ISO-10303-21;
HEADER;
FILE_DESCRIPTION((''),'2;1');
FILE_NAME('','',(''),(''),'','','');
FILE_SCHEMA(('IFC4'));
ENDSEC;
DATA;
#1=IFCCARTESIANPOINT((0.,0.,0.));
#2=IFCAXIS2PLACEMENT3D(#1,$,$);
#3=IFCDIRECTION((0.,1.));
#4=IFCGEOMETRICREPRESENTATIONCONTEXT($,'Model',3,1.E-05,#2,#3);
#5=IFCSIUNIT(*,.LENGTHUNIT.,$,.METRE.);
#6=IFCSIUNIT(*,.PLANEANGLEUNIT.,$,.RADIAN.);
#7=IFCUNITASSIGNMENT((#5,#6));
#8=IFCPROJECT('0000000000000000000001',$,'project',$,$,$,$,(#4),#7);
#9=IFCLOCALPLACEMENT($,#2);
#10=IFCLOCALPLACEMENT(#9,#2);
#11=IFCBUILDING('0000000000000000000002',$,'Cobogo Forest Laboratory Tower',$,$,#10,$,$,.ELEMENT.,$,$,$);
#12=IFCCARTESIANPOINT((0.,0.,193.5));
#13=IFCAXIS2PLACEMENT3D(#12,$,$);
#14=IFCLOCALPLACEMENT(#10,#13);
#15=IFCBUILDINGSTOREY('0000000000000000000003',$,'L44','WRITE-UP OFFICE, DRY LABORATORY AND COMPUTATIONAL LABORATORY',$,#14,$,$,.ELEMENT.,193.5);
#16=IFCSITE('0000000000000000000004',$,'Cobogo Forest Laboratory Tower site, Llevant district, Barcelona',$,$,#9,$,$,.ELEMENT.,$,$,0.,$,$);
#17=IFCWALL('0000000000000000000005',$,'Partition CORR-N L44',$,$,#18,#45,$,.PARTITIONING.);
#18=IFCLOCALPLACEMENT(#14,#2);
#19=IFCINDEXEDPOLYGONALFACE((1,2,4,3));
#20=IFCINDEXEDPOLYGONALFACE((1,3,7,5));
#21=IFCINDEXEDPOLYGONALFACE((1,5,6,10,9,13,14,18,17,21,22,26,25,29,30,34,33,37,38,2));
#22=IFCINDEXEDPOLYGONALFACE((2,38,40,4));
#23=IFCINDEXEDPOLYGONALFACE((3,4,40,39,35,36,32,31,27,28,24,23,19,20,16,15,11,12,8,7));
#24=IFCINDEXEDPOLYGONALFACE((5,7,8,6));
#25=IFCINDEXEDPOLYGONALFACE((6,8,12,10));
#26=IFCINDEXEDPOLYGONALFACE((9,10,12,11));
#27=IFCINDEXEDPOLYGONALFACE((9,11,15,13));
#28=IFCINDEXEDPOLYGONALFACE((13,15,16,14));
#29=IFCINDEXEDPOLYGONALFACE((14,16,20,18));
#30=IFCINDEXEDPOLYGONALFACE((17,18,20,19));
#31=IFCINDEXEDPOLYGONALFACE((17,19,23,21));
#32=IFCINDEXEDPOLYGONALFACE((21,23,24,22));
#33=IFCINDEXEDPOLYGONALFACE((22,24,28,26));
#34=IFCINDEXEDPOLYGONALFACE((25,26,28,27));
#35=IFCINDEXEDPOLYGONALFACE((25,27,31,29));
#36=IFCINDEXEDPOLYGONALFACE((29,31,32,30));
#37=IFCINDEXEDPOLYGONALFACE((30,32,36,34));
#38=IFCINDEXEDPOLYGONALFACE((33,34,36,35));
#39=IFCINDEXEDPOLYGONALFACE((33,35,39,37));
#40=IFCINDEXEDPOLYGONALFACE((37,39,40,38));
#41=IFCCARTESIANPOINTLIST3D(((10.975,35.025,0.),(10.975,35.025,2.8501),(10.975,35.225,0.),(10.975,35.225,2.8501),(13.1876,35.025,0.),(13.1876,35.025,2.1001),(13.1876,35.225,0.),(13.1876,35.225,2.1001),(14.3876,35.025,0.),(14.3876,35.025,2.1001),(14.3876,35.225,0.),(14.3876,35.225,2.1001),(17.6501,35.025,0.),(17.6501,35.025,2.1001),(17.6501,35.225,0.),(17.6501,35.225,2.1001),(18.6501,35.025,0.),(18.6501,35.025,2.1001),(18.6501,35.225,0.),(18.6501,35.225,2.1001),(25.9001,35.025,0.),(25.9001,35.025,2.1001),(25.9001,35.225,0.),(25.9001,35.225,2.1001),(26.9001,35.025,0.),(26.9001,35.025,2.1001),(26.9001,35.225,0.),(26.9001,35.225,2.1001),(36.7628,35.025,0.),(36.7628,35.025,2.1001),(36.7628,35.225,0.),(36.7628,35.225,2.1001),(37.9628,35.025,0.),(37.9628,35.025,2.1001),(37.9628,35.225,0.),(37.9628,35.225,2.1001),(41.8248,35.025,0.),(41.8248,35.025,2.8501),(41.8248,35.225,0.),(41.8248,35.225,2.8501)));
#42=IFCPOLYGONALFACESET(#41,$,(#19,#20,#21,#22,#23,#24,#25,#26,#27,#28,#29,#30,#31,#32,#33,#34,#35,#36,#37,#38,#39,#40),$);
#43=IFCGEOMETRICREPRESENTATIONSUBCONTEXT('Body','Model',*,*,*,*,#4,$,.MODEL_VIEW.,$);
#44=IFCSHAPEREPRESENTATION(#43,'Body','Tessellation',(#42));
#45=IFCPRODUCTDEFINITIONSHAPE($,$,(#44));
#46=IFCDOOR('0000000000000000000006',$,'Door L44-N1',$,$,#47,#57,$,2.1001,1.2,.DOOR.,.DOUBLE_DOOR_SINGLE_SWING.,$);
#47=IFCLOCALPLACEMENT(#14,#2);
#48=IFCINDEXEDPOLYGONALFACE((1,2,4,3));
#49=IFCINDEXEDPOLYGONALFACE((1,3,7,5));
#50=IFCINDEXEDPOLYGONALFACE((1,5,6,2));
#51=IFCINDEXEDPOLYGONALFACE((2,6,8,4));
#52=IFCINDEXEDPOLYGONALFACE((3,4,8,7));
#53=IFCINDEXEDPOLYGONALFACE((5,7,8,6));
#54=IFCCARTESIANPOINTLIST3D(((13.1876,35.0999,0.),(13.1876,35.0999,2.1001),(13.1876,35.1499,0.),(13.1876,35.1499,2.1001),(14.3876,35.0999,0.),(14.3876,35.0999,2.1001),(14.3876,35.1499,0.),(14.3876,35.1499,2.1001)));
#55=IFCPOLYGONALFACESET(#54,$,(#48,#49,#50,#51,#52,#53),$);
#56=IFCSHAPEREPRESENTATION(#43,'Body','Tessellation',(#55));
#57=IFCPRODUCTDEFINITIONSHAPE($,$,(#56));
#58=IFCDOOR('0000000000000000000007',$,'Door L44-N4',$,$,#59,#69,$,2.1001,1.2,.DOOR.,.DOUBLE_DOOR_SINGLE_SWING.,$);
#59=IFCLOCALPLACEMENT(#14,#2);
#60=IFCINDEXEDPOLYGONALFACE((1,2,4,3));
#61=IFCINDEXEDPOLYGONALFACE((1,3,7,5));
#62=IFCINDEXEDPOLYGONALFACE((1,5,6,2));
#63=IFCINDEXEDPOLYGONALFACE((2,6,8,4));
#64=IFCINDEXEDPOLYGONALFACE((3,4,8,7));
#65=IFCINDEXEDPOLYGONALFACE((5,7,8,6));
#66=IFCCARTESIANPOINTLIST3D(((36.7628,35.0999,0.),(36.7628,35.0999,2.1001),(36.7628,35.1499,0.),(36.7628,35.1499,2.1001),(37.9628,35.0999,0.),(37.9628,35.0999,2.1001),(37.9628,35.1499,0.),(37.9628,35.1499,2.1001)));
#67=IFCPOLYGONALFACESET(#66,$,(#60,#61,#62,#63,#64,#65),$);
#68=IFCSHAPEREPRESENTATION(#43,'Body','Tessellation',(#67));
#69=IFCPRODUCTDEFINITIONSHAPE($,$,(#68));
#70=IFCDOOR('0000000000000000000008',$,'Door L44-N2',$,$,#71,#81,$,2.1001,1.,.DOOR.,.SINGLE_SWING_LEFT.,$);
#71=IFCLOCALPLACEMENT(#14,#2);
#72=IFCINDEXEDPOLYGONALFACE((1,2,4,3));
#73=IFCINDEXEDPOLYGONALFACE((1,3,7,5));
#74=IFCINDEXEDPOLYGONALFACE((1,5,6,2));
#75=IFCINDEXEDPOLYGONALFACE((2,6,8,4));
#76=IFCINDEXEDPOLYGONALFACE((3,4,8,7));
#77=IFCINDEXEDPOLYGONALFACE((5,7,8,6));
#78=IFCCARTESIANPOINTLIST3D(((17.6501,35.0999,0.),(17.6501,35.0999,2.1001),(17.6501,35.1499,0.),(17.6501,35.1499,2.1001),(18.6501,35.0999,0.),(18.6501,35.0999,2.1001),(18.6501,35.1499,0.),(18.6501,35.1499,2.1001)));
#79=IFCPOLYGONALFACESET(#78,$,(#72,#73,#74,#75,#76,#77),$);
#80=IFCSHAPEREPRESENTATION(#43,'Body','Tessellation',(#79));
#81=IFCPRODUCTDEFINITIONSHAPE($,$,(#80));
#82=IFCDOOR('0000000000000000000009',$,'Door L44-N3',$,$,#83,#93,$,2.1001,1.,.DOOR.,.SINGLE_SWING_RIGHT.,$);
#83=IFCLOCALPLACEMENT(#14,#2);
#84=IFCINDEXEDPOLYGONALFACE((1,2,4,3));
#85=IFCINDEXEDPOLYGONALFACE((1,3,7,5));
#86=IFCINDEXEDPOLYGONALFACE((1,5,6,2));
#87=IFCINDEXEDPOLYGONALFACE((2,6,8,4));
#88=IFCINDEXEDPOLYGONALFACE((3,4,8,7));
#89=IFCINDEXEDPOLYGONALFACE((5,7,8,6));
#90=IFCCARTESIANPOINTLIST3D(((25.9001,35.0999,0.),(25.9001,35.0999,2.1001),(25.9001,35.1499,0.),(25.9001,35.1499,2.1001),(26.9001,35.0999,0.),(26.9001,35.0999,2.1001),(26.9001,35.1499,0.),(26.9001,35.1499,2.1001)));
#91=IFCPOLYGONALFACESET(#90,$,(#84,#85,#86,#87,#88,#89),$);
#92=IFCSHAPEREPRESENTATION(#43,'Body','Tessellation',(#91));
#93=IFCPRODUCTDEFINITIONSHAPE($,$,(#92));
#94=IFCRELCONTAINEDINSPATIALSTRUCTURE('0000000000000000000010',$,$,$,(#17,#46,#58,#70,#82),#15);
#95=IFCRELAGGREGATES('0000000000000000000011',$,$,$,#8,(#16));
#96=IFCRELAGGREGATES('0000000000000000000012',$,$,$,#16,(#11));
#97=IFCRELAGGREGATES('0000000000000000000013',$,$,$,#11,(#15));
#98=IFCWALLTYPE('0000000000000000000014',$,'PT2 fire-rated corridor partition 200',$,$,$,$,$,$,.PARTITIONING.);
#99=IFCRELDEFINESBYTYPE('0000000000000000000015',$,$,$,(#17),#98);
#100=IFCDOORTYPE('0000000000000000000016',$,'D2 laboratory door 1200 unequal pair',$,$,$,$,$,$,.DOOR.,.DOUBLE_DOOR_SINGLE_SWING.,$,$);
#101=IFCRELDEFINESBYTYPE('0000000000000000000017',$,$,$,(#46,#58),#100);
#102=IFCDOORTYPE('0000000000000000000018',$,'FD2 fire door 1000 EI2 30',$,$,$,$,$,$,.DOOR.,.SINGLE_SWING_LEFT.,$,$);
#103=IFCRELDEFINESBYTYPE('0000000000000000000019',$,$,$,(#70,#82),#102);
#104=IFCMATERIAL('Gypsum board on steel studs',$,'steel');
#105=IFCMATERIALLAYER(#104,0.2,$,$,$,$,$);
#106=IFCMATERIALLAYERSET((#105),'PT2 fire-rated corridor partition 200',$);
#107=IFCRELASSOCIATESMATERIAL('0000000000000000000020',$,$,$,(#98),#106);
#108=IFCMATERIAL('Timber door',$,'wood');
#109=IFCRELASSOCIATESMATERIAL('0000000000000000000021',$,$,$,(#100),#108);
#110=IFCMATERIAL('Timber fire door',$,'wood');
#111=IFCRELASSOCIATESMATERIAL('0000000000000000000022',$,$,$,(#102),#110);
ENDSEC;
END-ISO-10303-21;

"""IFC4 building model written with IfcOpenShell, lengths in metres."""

from ifc_helpers import new_model, si_unit, direction, frame, frame_2d, origin, place, context, subcontext, project, spatial, rectangle, extrude, material, layer, layer_set, type_object, element, fill, save


model = new_model("IFC4")

# Units and contexts
model_context = context("Model", 3, precision=1e-05, world=origin(), true_north=direction((0.0, 1.0)))
body_context = subcontext(model_context, "Body", "Model", "MODEL_VIEW")
ifc_project = project(units=[si_unit("LENGTHUNIT", "METRE"), si_unit("PLANEANGLEUNIT", "RADIAN")], contexts=[model_context])

# Site, building, storey
site_placement = place(None, origin())
site = spatial("IfcSite", under=ifc_project, at=site_placement, Name="Cobogo Forest Laboratory Tower site, Llevant district, Barcelona", CompositionType="ELEMENT", RefElevation=0.0)
building_placement = place(site_placement, origin())
building = spatial("IfcBuilding", under=site, at=building_placement, Name="Cobogo Forest Laboratory Tower", CompositionType="ELEMENT")
storey_placement = place(building_placement, frame((0.0, 0.0, 193.5)))
storey = spatial("IfcBuildingStorey", under=building, at=storey_placement, Name="L44", Description="WRITE-UP OFFICE, DRY LABORATORY AND COMPUTATIONAL LABORATORY", CompositionType="ELEMENT", Elevation=193.5)

# Shared definitions
ifc_material_1 = material(Name="Gypsum board on steel studs", Category="steel")

# Wall, openings, doors
ifc_layer_1 = layer(ifc_material_1, 0.2)
ifc_layer_set_1 = layer_set([ifc_layer_1], Name="PT2 fire-rated corridor partition 200")
wall_type_1 = type_object("IfcWallType", Name="PT2 fire-rated corridor partition 200", PredefinedType="PARTITIONING", material=ifc_layer_set_1)
wall_1_placement = place(storey_placement, frame((10.9751, 35.125, 0.0), z_axis=(0.0, 0.0, 1.0), x_axis=(1.0, 0.0, 0.0)))
wall_1 = element("IfcWall", 1, at=wall_1_placement, inside=storey, type_object=wall_type_1, Name="Partition CORR-N L44", PredefinedType="PARTITIONING", context=body_context, shape_type="SweptSolid", body=[
    extrude(rectangle(XDim=30.8499, YDim=0.2, at=frame_2d((15.4248, 0.0))), origin(), (0.0, 0.0, 1.0), 2.8501),
])
opening_1_placement = place(wall_1_placement, frame((2.2124, 0.0, 0.0)))
opening_1 = element("IfcOpeningElement", 2, at=opening_1_placement, cuts=wall_1, PredefinedType="OPENING", context=body_context, shape_type="SweptSolid", body=[
    extrude(rectangle(XDim=1.2, YDim=2.1001, at=frame_2d((0.6001, 1.05))), frame((0.0, 0.1099, 0.0), z_axis=(0.0, -1.0, 0.0), x_axis=(1.0, 0.0, 0.0)), (0.0, 0.0, 1.0), 0.22),
])
opening_2_placement = place(wall_1_placement, frame((6.675, 0.0, 0.0)))
opening_2 = element("IfcOpeningElement", 3, at=opening_2_placement, cuts=wall_1, PredefinedType="OPENING", context=body_context, shape_type="SweptSolid", body=[
    extrude(rectangle(XDim=1.0, YDim=2.1001, at=frame_2d((0.5, 1.05))), frame((0.0, 0.1099, 0.0), z_axis=(0.0, -1.0, 0.0), x_axis=(1.0, 0.0, 0.0)), (0.0, 0.0, 1.0), 0.22),
])
opening_3_placement = place(wall_1_placement, frame((14.925, 0.0, 0.0)))
opening_3 = element("IfcOpeningElement", 4, at=opening_3_placement, cuts=wall_1, PredefinedType="OPENING", context=body_context, shape_type="SweptSolid", body=[
    extrude(rectangle(XDim=1.0, YDim=2.1001, at=frame_2d((0.5, 1.05))), frame((0.0, 0.1099, 0.0), z_axis=(0.0, -1.0, 0.0), x_axis=(1.0, 0.0, 0.0)), (0.0, 0.0, 1.0), 0.22),
])
opening_4_placement = place(wall_1_placement, frame((25.7876, 0.0, 0.0)))
opening_4 = element("IfcOpeningElement", 5, at=opening_4_placement, cuts=wall_1, PredefinedType="OPENING", context=body_context, shape_type="SweptSolid", body=[
    extrude(rectangle(XDim=1.2, YDim=2.1001, at=frame_2d((0.6001, 1.05))), frame((0.0, 0.1099, 0.0), z_axis=(0.0, -1.0, 0.0), x_axis=(1.0, 0.0, 0.0)), (0.0, 0.0, 1.0), 0.22),
])
ifc_material_2 = material(Name="Timber door", Category="wood")
door_type_1 = type_object("IfcDoorType", Name="D2 laboratory door 1200 unequal pair", OperationType="DOUBLE_DOOR_SINGLE_SWING", PredefinedType="DOOR", material=ifc_material_2)
door_1_placement = place(opening_1_placement, origin())
door_1 = element("IfcDoor", 6, at=door_1_placement, inside=storey, type_object=door_type_1, Name="Door L44-N1", OperationType="DOUBLE_DOOR_SINGLE_SWING", OverallHeight=2.1001, OverallWidth=1.2, PredefinedType="DOOR", context=body_context, shape_type="SweptSolid", body=[
    extrude(rectangle(XDim=1.2, YDim=2.1001, at=frame_2d((0.6001, 1.05))), frame((0.0, 0.0249, 0.0), z_axis=(0.0, -1.0, 0.0), x_axis=(1.0, 0.0, 0.0)), (0.0, 0.0, 1.0), 0.05),
])
fill(opening_1, door_1)
door_2_placement = place(opening_4_placement, origin())
door_2 = element("IfcDoor", 7, at=door_2_placement, inside=storey, type_object=door_type_1, Name="Door L44-N4", OperationType="DOUBLE_DOOR_SINGLE_SWING", OverallHeight=2.1001, OverallWidth=1.2, PredefinedType="DOOR", context=body_context, shape_type="SweptSolid", body=[
    extrude(rectangle(XDim=1.2, YDim=2.1001, at=frame_2d((0.6001, 1.05))), frame((0.0, 0.0249, 0.0), z_axis=(0.0, -1.0, 0.0), x_axis=(1.0, 0.0, 0.0)), (0.0, 0.0, 1.0), 0.05),
])
fill(opening_4, door_2)
ifc_material_3 = material(Name="Timber fire door", Category="wood")
door_type_2 = type_object("IfcDoorType", Name="FD2 fire door 1000 EI2 30", OperationType="SINGLE_SWING_LEFT", PredefinedType="DOOR", material=ifc_material_3)
door_3_placement = place(opening_2_placement, origin())
door_3 = element("IfcDoor", 8, at=door_3_placement, inside=storey, type_object=door_type_2, Name="Door L44-N2", OperationType="SINGLE_SWING_LEFT", OverallHeight=2.1001, OverallWidth=1.0, PredefinedType="DOOR", context=body_context, shape_type="SweptSolid", body=[
    extrude(rectangle(XDim=1.0, YDim=2.1001, at=frame_2d((0.5, 1.05))), frame((0.0, 0.0249, 0.0), z_axis=(0.0, -1.0, 0.0), x_axis=(1.0, 0.0, 0.0)), (0.0, 0.0, 1.0), 0.05),
])
fill(opening_2, door_3)
door_4_placement = place(opening_3_placement, origin())
door_4 = element("IfcDoor", 9, at=door_4_placement, inside=storey, type_object=door_type_2, Name="Door L44-N3", OperationType="SINGLE_SWING_RIGHT", OverallHeight=2.1001, OverallWidth=1.0, PredefinedType="DOOR", context=body_context, shape_type="SweptSolid", body=[
    extrude(rectangle(XDim=1.0, YDim=2.1001, at=frame_2d((0.5, 1.05))), frame((0.0, 0.0249, 0.0), z_axis=(0.0, -1.0, 0.0), x_axis=(1.0, 0.0, 0.0)), (0.0, 0.0, 1.0), 0.05),
])
fill(opening_3, door_4)

save(model, "model.ifc")
